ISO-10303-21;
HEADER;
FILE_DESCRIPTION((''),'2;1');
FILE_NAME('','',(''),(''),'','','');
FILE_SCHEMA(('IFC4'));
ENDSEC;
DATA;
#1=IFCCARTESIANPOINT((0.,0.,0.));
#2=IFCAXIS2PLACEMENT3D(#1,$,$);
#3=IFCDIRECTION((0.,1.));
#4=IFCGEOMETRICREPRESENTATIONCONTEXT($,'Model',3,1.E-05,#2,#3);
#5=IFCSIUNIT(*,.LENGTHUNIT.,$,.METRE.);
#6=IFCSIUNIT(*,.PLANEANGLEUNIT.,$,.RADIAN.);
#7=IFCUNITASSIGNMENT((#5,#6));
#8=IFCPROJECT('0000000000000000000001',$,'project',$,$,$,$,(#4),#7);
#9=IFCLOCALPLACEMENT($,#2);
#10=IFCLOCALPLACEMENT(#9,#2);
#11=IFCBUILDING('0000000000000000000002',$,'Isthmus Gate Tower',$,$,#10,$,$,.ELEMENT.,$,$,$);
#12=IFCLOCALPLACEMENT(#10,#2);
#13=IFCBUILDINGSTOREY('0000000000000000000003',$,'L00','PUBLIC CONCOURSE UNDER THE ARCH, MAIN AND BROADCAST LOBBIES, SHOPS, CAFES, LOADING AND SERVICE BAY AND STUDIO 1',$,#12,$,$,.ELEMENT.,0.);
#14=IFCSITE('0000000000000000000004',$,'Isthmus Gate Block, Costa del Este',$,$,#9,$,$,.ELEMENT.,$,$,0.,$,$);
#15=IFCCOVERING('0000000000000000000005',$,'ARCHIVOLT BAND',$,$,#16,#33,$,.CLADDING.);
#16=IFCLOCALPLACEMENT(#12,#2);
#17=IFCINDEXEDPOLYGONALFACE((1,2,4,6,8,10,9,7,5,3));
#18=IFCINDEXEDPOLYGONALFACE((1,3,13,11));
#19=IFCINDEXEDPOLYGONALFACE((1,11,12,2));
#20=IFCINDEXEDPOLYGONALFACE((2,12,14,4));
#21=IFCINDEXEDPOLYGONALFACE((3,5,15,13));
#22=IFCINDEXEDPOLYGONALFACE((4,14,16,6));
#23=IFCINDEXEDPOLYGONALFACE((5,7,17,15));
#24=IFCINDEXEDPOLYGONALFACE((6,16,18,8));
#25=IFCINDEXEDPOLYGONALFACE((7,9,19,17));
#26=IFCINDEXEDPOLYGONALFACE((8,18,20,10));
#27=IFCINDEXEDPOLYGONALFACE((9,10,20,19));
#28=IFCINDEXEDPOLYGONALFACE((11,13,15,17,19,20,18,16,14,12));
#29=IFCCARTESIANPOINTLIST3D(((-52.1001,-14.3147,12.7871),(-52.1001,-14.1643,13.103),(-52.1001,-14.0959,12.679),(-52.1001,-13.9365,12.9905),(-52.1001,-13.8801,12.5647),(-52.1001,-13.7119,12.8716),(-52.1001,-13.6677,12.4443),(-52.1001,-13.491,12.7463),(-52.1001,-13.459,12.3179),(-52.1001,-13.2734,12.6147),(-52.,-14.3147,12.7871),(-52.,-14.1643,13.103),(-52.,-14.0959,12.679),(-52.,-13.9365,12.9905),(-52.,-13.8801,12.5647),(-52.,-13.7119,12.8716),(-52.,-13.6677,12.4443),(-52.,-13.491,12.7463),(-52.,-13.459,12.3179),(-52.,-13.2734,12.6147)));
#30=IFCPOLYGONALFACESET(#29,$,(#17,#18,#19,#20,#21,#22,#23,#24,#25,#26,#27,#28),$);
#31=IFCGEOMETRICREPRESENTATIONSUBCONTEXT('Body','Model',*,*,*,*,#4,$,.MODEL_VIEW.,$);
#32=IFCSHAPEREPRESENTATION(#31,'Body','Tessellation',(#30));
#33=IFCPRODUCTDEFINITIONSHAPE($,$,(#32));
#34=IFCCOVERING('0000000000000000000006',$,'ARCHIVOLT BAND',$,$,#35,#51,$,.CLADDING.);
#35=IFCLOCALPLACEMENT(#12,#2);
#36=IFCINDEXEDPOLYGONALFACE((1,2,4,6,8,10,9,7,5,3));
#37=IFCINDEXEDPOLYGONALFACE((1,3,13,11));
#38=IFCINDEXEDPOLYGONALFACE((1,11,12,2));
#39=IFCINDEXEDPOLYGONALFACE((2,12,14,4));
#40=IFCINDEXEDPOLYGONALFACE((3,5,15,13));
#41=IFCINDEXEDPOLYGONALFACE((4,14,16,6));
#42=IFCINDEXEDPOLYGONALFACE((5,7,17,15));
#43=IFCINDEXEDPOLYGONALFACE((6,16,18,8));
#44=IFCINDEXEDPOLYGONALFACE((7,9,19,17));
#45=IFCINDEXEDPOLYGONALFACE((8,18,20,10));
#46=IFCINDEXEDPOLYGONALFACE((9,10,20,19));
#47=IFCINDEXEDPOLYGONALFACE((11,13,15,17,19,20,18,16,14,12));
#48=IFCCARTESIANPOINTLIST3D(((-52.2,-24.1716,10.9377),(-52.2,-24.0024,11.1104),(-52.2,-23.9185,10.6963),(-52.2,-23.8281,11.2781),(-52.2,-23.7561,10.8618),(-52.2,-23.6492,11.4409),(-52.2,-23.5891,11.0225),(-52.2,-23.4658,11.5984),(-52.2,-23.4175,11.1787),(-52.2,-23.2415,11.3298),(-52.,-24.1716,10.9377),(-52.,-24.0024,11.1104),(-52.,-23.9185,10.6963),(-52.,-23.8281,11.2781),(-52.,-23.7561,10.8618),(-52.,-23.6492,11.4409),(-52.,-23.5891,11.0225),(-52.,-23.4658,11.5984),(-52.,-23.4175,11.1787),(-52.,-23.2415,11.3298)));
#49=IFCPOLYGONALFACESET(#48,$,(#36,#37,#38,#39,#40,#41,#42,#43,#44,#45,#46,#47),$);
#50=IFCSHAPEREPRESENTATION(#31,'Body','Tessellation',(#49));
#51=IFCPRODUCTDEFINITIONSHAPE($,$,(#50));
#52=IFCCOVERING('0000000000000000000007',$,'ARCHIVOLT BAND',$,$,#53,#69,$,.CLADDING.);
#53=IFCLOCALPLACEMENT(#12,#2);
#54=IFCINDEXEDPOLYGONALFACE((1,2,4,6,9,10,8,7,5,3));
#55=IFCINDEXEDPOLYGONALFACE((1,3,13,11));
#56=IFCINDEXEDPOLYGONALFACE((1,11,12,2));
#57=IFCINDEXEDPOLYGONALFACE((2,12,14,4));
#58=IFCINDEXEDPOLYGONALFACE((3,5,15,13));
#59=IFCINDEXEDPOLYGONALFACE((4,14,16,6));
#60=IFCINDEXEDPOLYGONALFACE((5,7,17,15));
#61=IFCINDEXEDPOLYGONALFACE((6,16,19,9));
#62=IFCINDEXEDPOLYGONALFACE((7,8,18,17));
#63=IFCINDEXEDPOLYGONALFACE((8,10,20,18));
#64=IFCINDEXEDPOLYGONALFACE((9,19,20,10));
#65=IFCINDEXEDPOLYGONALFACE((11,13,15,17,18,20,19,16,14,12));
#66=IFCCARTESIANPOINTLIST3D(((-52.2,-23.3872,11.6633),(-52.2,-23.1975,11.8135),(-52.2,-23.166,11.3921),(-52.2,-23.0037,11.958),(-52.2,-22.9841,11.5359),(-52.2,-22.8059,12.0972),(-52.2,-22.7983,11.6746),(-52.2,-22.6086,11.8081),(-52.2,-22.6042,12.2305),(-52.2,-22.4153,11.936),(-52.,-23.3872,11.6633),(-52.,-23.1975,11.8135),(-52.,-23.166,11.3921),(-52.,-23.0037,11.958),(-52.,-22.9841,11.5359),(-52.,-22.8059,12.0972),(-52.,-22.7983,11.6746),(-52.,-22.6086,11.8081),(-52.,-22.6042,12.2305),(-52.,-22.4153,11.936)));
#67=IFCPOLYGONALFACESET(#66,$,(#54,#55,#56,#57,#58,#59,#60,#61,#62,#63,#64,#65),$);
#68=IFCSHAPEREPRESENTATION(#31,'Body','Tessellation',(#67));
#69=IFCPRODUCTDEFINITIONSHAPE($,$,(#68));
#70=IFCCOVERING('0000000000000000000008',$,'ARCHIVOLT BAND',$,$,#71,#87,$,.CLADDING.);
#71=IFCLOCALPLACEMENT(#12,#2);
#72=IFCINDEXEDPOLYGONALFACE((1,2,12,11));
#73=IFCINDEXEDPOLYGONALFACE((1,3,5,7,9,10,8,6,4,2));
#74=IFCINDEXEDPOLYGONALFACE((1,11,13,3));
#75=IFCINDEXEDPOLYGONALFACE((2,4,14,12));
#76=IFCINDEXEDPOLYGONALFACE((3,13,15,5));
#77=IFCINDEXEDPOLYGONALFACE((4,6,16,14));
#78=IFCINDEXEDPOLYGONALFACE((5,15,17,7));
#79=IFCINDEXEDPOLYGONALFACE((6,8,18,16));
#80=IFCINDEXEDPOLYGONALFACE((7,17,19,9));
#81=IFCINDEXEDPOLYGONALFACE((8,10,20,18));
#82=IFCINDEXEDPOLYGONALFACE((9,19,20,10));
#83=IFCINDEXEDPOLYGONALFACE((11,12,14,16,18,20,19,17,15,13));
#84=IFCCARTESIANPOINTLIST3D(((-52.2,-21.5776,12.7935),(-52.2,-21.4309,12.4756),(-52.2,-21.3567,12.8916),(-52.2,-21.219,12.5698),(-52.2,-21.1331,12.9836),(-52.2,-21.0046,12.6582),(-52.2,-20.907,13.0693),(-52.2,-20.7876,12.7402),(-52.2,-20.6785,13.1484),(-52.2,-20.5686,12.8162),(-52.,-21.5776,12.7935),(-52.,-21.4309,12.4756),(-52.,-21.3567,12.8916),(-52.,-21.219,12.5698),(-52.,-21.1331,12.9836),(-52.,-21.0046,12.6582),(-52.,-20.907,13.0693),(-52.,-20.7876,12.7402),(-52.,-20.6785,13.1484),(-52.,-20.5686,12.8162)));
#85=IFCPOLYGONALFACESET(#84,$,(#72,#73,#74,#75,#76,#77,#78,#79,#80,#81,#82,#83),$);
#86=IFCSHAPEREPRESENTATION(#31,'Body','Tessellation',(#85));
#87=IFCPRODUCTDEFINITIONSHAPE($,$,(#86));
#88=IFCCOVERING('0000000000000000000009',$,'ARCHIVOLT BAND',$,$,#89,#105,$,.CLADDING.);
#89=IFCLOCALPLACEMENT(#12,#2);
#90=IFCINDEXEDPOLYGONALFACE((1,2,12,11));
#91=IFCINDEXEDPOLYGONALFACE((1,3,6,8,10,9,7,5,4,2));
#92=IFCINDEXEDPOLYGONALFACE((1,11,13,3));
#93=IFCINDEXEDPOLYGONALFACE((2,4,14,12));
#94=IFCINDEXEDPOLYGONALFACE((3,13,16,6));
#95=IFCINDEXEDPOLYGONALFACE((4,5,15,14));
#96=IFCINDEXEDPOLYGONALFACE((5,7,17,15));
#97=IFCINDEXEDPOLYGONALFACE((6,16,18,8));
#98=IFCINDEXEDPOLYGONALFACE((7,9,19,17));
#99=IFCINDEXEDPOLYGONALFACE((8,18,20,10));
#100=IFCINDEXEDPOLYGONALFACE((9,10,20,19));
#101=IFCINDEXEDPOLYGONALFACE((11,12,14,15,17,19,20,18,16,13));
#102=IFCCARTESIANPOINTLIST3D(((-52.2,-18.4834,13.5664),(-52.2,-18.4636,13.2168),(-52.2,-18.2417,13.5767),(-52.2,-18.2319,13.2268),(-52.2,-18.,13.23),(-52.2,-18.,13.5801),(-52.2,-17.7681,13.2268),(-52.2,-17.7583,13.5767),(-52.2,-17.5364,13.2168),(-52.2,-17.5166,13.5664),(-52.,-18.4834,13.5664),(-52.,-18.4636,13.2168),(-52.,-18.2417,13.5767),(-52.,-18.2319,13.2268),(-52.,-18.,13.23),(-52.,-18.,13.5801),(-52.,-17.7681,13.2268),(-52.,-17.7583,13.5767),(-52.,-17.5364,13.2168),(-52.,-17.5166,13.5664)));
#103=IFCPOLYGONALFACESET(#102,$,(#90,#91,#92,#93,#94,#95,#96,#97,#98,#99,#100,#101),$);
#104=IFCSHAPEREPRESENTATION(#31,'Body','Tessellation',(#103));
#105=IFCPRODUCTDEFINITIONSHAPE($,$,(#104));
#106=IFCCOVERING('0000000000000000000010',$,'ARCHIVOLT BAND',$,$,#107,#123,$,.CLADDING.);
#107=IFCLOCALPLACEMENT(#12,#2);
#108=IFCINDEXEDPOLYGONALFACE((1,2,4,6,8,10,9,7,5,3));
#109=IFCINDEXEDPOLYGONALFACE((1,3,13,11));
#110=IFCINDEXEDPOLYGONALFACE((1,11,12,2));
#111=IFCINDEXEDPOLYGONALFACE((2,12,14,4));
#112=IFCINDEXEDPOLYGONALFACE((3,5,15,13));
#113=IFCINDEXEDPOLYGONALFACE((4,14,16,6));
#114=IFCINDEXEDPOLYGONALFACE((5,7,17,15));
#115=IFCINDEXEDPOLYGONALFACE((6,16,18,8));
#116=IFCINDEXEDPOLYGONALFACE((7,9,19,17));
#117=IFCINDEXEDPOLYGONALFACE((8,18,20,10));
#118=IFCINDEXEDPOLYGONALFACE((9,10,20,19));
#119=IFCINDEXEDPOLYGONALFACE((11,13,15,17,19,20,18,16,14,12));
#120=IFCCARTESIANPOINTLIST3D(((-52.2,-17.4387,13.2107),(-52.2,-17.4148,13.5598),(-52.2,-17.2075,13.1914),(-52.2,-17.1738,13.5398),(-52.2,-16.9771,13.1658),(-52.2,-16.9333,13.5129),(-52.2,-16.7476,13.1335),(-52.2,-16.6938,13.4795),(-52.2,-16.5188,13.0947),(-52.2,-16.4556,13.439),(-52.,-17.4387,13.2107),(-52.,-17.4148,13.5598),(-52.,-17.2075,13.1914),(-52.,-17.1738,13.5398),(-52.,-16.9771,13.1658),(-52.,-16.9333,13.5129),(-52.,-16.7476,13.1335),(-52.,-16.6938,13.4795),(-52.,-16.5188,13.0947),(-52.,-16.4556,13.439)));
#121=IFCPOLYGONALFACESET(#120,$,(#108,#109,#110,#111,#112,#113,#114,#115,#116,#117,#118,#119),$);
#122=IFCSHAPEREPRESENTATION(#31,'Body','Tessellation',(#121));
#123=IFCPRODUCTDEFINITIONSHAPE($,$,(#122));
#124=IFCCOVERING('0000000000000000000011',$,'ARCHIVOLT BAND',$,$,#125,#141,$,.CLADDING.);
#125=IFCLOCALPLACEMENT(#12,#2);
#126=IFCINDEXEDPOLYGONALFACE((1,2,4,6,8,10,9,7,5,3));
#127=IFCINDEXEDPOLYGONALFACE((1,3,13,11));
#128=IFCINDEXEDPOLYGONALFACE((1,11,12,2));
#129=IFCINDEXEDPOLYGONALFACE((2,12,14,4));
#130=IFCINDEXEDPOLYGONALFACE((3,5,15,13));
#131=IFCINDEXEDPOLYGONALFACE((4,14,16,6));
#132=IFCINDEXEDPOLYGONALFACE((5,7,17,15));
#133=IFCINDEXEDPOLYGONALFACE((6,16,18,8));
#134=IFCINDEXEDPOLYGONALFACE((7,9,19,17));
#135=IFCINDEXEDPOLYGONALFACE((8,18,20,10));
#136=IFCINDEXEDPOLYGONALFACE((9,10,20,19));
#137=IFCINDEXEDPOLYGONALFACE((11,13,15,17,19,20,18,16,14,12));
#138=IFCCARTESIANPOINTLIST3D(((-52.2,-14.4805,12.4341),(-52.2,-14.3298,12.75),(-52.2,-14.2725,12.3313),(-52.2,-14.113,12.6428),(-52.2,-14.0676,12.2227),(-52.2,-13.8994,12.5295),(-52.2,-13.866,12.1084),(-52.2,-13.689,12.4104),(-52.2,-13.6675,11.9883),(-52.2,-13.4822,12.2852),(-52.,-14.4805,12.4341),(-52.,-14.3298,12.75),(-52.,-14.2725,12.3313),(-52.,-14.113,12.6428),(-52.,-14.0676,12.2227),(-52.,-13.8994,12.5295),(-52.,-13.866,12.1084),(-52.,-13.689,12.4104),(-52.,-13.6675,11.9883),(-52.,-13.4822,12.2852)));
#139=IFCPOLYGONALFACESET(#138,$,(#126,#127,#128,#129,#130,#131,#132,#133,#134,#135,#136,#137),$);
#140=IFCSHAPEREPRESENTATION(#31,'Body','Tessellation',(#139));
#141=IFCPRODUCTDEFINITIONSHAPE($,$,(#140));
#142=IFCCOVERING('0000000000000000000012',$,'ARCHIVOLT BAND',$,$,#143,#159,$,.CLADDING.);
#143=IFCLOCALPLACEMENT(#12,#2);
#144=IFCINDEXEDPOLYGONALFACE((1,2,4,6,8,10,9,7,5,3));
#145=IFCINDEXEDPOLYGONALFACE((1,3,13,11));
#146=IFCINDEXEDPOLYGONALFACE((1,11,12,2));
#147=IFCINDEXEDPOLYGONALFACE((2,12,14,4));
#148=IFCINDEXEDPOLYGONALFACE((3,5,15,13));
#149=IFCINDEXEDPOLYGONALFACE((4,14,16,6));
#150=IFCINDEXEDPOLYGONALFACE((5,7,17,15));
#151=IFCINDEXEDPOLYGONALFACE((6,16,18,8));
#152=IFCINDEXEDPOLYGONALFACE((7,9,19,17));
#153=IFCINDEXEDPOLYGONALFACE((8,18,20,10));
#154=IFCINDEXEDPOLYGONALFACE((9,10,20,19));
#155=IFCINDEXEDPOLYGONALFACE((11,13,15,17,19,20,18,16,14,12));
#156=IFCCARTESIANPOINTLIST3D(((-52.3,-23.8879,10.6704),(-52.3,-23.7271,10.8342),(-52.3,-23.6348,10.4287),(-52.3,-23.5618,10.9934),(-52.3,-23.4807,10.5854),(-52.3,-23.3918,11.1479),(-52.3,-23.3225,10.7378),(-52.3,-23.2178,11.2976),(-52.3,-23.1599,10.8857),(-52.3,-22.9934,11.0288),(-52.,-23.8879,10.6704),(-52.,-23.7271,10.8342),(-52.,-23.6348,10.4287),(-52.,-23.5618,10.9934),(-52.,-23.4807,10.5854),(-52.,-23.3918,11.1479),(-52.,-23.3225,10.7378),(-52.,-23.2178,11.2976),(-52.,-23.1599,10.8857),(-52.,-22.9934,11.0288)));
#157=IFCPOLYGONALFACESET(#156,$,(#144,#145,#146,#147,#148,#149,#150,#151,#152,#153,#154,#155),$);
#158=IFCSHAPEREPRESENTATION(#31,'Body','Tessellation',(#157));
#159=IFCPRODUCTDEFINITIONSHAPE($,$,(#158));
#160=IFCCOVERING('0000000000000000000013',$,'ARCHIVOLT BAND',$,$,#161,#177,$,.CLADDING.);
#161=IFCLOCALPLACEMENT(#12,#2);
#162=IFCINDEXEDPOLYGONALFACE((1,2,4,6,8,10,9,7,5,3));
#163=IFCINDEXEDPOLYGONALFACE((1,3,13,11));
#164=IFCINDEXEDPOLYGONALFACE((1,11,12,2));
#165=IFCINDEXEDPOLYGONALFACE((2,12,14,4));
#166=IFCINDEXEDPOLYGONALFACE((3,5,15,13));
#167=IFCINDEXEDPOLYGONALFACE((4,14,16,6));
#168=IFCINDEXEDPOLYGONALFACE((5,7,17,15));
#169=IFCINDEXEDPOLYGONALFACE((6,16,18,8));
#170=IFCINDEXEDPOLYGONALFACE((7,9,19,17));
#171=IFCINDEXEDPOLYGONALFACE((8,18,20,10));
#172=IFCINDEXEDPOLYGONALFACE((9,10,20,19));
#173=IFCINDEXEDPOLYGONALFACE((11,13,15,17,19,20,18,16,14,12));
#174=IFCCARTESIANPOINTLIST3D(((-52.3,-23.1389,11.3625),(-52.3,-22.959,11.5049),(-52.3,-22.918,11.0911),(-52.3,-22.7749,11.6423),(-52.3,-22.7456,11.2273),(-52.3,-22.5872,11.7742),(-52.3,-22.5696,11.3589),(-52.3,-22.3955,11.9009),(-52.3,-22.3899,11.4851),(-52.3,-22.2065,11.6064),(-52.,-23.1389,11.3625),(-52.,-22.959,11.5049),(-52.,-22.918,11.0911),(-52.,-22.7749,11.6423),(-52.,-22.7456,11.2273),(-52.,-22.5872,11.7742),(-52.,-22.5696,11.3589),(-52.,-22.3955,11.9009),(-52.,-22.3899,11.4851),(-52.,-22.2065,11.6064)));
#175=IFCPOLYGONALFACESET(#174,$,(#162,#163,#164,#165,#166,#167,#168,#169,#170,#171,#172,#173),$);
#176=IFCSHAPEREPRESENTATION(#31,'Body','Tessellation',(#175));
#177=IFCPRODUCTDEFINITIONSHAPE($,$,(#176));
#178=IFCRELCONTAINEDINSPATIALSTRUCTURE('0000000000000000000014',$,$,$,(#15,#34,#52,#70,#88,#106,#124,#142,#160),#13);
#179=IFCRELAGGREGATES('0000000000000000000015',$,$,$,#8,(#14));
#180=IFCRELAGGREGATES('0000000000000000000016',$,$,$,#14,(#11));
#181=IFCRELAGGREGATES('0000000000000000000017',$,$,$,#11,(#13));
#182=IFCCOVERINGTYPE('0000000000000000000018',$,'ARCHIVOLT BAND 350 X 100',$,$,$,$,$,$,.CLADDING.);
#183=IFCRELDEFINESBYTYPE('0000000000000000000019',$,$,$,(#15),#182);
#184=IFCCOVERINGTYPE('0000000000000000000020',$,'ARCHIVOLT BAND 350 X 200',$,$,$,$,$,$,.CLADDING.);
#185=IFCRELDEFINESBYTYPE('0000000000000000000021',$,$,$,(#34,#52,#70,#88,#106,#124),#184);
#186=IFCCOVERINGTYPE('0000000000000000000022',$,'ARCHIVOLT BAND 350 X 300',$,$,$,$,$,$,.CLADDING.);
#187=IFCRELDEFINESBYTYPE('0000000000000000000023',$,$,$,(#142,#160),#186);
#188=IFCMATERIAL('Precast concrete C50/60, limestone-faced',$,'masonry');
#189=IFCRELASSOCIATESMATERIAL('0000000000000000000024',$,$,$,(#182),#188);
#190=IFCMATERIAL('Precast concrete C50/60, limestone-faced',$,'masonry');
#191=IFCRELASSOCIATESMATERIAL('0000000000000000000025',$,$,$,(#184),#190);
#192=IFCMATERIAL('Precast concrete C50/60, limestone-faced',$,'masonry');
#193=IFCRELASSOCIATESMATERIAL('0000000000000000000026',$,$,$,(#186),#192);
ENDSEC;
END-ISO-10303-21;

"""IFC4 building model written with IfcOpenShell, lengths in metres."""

from ifc_helpers import new_model, si_unit, direction, frame, origin, place, context, subcontext, project, spatial, polyline, outline, extrude, material, type_object, element, save


model = new_model("IFC4")

# Units and contexts
model_context = context("Model", 3, precision=1e-05, world=origin(), true_north=direction((0.0, 1.0)))
body_context = subcontext(model_context, "Body", "Model", "MODEL_VIEW")
ifc_project = project(units=[si_unit("LENGTHUNIT", "METRE"), si_unit("PLANEANGLEUNIT", "RADIAN")], contexts=[model_context])

# Site, building, storey
site_placement = place(None, origin())
site = spatial("IfcSite", under=ifc_project, at=site_placement, Name="Isthmus Gate Block, Costa del Este", CompositionType="ELEMENT", RefElevation=0.0)
building_placement = place(site_placement, origin())
building = spatial("IfcBuilding", under=site, at=building_placement, Name="Isthmus Gate Tower", CompositionType="ELEMENT")
storey_placement = place(building_placement, origin())
storey = spatial("IfcBuildingStorey", under=building, at=storey_placement, Name="L00", Description="PUBLIC CONCOURSE UNDER THE ARCH, MAIN AND BROADCAST LOBBIES, SHOPS, CAFES, LOADING AND SERVICE BAY AND STUDIO 1", CompositionType="ELEMENT", Elevation=0.0)

# Coverings
ifc_material_1 = material(Name="Precast concrete C50/60, limestone-faced", Category="masonry")
covering_type_1 = type_object("IfcCoveringType", Name="ARCHIVOLT BAND 350 X 100", PredefinedType="CLADDING", material=ifc_material_1)
covering_1_placement = place(storey_placement, frame((-52.1001, -14.1643, 13.103), z_axis=(-1.0, 0.0, 0.0), x_axis=(0.0, 0.896531, -0.442981)))
element("IfcCovering", 1, at=covering_1_placement, inside=storey, type_object=covering_type_1, Name="ARCHIVOLT BAND", PredefinedType="CLADDING", context=body_context, shape_type="SweptSolid", body=[
    extrude(outline(polyline([(0.0, 0.0), (0.2541, 0.0), (0.5081, 0.0071), (0.7617, 0.0215), (1.015, 0.0431), (0.9802, 0.3915), (0.737, 0.3706), (0.4932, 0.3567), (0.2491, 0.3499), (0.0051, 0.3499), (0.0, 0.0)])), origin(), (0.0, 0.0, -1.0), 0.1001),
])
ifc_material_2 = material(Name="Precast concrete C50/60, limestone-faced", Category="masonry")
covering_type_2 = type_object("IfcCoveringType", Name="ARCHIVOLT BAND 350 X 200", PredefinedType="CLADDING", material=ifc_material_2)
covering_2_placement = place(storey_placement, frame((-52.2, -24.1716, 10.9377), z_axis=(-1.0, 0.0, 0.0), x_axis=(0.0, 0.700001, 0.714142)))
element("IfcCovering", 2, at=covering_2_placement, inside=storey, type_object=covering_type_2, Name="ARCHIVOLT BAND", PredefinedType="CLADDING", context=body_context, shape_type="SweptSolid", body=[
    extrude(outline(polyline([(0.0, 0.0), (0.2417, 0.0), (0.4835, 0.0071), (0.7251, 0.0209), (0.9659, 0.0416), (0.9311, 0.3898), (0.7, 0.3699), (0.4683, 0.3567), (0.2366, 0.3499), (0.0048, 0.3498), (0.0, 0.0)])), origin(), (0.0, 0.0, -1.0), 0.2),
])
covering_3_placement = place(storey_placement, frame((-52.2, -23.3872, 11.6633), z_axis=(-1.0, 0.0, 0.0), x_axis=(0.0, 0.784107, 0.620625)))
element("IfcCovering", 3, at=covering_3_placement, inside=storey, type_object=covering_type_2, Name="ARCHIVOLT BAND", PredefinedType="CLADDING", context=body_context, shape_type="SweptSolid", body=[
    extrude(outline(polyline([(0.0, 0.0), (0.2419, 0.0), (0.4836, 0.007), (0.7251, 0.0206), (0.9659, 0.0412), (0.9313, 0.3894), (0.7003, 0.3697), (0.4687, 0.3567), (0.237, 0.3501), (0.0051, 0.35), (0.0, 0.0)])), origin(), (0.0, 0.0, -1.0), 0.2),
])
covering_4_placement = place(storey_placement, frame((-52.2, -21.5776, 12.7935), z_axis=(-1.0, 0.0, 0.0), x_axis=(0.0, 0.913895, 0.405951)))
element("IfcCovering", 4, at=covering_4_placement, inside=storey, type_object=covering_type_2, Name="ARCHIVOLT BAND", PredefinedType="CLADDING", context=body_context, shape_type="SweptSolid", body=[
    extrude(outline(polyline([(0.0, 0.0), (0.2418, 0.0), (0.4835, 0.0067), (0.7249, 0.0201), (0.9659, 0.0406), (0.9314, 0.3889), (0.7004, 0.3694), (0.4688, 0.3562), (0.237, 0.35), (0.0051, 0.3501), (0.0, 0.0)])), origin(), (0.0, 0.0, -1.0), 0.2),
])
covering_5_placement = place(storey_placement, frame((-52.2, -18.4834, 13.5664), z_axis=(-1.0, 0.0, 0.0), x_axis=(0.0, 0.999101, 0.042386)))
element("IfcCovering", 5, at=covering_5_placement, inside=storey, type_object=covering_type_2, Name="ARCHIVOLT BAND", PredefinedType="CLADDING", context=body_context, shape_type="SweptSolid", body=[
    extrude(outline(polyline([(0.0, 0.0), (0.2419, 0.0), (0.4835, 0.0068), (0.7249, 0.0205), (0.9659, 0.041), (0.9314, 0.3894), (0.7003, 0.3696), (0.4687, 0.3566), (0.2368, 0.35), (0.0049, 0.3501), (0.0, 0.0)])), origin(), (0.0, 0.0, -1.0), 0.2),
])
covering_6_placement = place(storey_placement, frame((-52.2, -17.4148, 13.5598), z_axis=(-1.0, 0.0, 0.0), x_axis=(0.0, 0.996567, -0.082795)))
element("IfcCovering", 6, at=covering_6_placement, inside=storey, type_object=covering_type_2, Name="ARCHIVOLT BAND", PredefinedType="CLADDING", context=body_context, shape_type="SweptSolid", body=[
    extrude(outline(polyline([(0.0, 0.0), (0.2418, 0.0), (0.4837, 0.0069), (0.7251, 0.0204), (0.9659, 0.041), (0.9314, 0.3893), (0.7002, 0.3696), (0.4689, 0.3564), (0.2371, 0.35), (0.0051, 0.3499), (0.0, 0.0)])), origin(), (0.0, 0.0, -1.0), 0.2),
])
covering_7_placement = place(storey_placement, frame((-52.2, -14.3298, 12.75), z_axis=(-1.0, 0.0, 0.0), x_axis=(0.0, 0.896437, -0.443171)))
element("IfcCovering", 7, at=covering_7_placement, inside=storey, type_object=covering_type_2, Name="ARCHIVOLT BAND", PredefinedType="CLADDING", context=body_context, shape_type="SweptSolid", body=[
    extrude(outline(polyline([(0.0, 0.0), (0.2418, 0.0), (0.4835, 0.0069), (0.725, 0.0204), (0.9659, 0.041), (0.9313, 0.3893), (0.7002, 0.3696), (0.4688, 0.3565), (0.237, 0.3499), (0.005, 0.35), (0.0, 0.0)])), origin(), (0.0, 0.0, -1.0), 0.2),
])
ifc_material_3 = material(Name="Precast concrete C50/60, limestone-faced", Category="masonry")
covering_type_3 = type_object("IfcCoveringType", Name="ARCHIVOLT BAND 350 X 300", PredefinedType="CLADDING", material=ifc_material_3)
covering_8_placement = place(storey_placement, frame((-52.3, -23.8879, 10.6704), z_axis=(-1.0, 0.0, 0.0), x_axis=(0.0, 0.700698, 0.713458)))
element("IfcCovering", 8, at=covering_8_placement, inside=storey, type_object=covering_type_3, Name="ARCHIVOLT BAND", PredefinedType="CLADDING", context=body_context, shape_type="SweptSolid", body=[
    extrude(outline(polyline([(0.0, 0.0), (0.2296, 0.0), (0.459, 0.0064), (0.6883, 0.0193), (0.9171, 0.0387), (0.8825, 0.3871), (0.6638, 0.3685), (0.4443, 0.3562), (0.2247, 0.3501), (0.005, 0.35), (0.0, 0.0)])), origin(), (0.0, 0.0, -1.0), 0.3),
])
covering_9_placement = place(storey_placement, frame((-52.3, -23.1389, 11.3625), z_axis=(-1.0, 0.0, 0.0), x_axis=(0.0, 0.784283, 0.620403)))
element("IfcCovering", 9, at=covering_9_placement, inside=storey, type_object=covering_type_3, Name="ARCHIVOLT BAND", PredefinedType="CLADDING", context=body_context, shape_type="SweptSolid", body=[
    extrude(outline(polyline([(0.0, 0.0), (0.2294, 0.0), (0.4591, 0.0064), (0.6881, 0.0195), (0.917, 0.039), (0.8826, 0.3872), (0.6635, 0.3686), (0.4442, 0.3561), (0.2246, 0.3501), (0.0049, 0.35), (0.0, 0.0)])), origin(), (0.0, 0.0, -1.0), 0.3),
])

save(model, "model.ifc")
